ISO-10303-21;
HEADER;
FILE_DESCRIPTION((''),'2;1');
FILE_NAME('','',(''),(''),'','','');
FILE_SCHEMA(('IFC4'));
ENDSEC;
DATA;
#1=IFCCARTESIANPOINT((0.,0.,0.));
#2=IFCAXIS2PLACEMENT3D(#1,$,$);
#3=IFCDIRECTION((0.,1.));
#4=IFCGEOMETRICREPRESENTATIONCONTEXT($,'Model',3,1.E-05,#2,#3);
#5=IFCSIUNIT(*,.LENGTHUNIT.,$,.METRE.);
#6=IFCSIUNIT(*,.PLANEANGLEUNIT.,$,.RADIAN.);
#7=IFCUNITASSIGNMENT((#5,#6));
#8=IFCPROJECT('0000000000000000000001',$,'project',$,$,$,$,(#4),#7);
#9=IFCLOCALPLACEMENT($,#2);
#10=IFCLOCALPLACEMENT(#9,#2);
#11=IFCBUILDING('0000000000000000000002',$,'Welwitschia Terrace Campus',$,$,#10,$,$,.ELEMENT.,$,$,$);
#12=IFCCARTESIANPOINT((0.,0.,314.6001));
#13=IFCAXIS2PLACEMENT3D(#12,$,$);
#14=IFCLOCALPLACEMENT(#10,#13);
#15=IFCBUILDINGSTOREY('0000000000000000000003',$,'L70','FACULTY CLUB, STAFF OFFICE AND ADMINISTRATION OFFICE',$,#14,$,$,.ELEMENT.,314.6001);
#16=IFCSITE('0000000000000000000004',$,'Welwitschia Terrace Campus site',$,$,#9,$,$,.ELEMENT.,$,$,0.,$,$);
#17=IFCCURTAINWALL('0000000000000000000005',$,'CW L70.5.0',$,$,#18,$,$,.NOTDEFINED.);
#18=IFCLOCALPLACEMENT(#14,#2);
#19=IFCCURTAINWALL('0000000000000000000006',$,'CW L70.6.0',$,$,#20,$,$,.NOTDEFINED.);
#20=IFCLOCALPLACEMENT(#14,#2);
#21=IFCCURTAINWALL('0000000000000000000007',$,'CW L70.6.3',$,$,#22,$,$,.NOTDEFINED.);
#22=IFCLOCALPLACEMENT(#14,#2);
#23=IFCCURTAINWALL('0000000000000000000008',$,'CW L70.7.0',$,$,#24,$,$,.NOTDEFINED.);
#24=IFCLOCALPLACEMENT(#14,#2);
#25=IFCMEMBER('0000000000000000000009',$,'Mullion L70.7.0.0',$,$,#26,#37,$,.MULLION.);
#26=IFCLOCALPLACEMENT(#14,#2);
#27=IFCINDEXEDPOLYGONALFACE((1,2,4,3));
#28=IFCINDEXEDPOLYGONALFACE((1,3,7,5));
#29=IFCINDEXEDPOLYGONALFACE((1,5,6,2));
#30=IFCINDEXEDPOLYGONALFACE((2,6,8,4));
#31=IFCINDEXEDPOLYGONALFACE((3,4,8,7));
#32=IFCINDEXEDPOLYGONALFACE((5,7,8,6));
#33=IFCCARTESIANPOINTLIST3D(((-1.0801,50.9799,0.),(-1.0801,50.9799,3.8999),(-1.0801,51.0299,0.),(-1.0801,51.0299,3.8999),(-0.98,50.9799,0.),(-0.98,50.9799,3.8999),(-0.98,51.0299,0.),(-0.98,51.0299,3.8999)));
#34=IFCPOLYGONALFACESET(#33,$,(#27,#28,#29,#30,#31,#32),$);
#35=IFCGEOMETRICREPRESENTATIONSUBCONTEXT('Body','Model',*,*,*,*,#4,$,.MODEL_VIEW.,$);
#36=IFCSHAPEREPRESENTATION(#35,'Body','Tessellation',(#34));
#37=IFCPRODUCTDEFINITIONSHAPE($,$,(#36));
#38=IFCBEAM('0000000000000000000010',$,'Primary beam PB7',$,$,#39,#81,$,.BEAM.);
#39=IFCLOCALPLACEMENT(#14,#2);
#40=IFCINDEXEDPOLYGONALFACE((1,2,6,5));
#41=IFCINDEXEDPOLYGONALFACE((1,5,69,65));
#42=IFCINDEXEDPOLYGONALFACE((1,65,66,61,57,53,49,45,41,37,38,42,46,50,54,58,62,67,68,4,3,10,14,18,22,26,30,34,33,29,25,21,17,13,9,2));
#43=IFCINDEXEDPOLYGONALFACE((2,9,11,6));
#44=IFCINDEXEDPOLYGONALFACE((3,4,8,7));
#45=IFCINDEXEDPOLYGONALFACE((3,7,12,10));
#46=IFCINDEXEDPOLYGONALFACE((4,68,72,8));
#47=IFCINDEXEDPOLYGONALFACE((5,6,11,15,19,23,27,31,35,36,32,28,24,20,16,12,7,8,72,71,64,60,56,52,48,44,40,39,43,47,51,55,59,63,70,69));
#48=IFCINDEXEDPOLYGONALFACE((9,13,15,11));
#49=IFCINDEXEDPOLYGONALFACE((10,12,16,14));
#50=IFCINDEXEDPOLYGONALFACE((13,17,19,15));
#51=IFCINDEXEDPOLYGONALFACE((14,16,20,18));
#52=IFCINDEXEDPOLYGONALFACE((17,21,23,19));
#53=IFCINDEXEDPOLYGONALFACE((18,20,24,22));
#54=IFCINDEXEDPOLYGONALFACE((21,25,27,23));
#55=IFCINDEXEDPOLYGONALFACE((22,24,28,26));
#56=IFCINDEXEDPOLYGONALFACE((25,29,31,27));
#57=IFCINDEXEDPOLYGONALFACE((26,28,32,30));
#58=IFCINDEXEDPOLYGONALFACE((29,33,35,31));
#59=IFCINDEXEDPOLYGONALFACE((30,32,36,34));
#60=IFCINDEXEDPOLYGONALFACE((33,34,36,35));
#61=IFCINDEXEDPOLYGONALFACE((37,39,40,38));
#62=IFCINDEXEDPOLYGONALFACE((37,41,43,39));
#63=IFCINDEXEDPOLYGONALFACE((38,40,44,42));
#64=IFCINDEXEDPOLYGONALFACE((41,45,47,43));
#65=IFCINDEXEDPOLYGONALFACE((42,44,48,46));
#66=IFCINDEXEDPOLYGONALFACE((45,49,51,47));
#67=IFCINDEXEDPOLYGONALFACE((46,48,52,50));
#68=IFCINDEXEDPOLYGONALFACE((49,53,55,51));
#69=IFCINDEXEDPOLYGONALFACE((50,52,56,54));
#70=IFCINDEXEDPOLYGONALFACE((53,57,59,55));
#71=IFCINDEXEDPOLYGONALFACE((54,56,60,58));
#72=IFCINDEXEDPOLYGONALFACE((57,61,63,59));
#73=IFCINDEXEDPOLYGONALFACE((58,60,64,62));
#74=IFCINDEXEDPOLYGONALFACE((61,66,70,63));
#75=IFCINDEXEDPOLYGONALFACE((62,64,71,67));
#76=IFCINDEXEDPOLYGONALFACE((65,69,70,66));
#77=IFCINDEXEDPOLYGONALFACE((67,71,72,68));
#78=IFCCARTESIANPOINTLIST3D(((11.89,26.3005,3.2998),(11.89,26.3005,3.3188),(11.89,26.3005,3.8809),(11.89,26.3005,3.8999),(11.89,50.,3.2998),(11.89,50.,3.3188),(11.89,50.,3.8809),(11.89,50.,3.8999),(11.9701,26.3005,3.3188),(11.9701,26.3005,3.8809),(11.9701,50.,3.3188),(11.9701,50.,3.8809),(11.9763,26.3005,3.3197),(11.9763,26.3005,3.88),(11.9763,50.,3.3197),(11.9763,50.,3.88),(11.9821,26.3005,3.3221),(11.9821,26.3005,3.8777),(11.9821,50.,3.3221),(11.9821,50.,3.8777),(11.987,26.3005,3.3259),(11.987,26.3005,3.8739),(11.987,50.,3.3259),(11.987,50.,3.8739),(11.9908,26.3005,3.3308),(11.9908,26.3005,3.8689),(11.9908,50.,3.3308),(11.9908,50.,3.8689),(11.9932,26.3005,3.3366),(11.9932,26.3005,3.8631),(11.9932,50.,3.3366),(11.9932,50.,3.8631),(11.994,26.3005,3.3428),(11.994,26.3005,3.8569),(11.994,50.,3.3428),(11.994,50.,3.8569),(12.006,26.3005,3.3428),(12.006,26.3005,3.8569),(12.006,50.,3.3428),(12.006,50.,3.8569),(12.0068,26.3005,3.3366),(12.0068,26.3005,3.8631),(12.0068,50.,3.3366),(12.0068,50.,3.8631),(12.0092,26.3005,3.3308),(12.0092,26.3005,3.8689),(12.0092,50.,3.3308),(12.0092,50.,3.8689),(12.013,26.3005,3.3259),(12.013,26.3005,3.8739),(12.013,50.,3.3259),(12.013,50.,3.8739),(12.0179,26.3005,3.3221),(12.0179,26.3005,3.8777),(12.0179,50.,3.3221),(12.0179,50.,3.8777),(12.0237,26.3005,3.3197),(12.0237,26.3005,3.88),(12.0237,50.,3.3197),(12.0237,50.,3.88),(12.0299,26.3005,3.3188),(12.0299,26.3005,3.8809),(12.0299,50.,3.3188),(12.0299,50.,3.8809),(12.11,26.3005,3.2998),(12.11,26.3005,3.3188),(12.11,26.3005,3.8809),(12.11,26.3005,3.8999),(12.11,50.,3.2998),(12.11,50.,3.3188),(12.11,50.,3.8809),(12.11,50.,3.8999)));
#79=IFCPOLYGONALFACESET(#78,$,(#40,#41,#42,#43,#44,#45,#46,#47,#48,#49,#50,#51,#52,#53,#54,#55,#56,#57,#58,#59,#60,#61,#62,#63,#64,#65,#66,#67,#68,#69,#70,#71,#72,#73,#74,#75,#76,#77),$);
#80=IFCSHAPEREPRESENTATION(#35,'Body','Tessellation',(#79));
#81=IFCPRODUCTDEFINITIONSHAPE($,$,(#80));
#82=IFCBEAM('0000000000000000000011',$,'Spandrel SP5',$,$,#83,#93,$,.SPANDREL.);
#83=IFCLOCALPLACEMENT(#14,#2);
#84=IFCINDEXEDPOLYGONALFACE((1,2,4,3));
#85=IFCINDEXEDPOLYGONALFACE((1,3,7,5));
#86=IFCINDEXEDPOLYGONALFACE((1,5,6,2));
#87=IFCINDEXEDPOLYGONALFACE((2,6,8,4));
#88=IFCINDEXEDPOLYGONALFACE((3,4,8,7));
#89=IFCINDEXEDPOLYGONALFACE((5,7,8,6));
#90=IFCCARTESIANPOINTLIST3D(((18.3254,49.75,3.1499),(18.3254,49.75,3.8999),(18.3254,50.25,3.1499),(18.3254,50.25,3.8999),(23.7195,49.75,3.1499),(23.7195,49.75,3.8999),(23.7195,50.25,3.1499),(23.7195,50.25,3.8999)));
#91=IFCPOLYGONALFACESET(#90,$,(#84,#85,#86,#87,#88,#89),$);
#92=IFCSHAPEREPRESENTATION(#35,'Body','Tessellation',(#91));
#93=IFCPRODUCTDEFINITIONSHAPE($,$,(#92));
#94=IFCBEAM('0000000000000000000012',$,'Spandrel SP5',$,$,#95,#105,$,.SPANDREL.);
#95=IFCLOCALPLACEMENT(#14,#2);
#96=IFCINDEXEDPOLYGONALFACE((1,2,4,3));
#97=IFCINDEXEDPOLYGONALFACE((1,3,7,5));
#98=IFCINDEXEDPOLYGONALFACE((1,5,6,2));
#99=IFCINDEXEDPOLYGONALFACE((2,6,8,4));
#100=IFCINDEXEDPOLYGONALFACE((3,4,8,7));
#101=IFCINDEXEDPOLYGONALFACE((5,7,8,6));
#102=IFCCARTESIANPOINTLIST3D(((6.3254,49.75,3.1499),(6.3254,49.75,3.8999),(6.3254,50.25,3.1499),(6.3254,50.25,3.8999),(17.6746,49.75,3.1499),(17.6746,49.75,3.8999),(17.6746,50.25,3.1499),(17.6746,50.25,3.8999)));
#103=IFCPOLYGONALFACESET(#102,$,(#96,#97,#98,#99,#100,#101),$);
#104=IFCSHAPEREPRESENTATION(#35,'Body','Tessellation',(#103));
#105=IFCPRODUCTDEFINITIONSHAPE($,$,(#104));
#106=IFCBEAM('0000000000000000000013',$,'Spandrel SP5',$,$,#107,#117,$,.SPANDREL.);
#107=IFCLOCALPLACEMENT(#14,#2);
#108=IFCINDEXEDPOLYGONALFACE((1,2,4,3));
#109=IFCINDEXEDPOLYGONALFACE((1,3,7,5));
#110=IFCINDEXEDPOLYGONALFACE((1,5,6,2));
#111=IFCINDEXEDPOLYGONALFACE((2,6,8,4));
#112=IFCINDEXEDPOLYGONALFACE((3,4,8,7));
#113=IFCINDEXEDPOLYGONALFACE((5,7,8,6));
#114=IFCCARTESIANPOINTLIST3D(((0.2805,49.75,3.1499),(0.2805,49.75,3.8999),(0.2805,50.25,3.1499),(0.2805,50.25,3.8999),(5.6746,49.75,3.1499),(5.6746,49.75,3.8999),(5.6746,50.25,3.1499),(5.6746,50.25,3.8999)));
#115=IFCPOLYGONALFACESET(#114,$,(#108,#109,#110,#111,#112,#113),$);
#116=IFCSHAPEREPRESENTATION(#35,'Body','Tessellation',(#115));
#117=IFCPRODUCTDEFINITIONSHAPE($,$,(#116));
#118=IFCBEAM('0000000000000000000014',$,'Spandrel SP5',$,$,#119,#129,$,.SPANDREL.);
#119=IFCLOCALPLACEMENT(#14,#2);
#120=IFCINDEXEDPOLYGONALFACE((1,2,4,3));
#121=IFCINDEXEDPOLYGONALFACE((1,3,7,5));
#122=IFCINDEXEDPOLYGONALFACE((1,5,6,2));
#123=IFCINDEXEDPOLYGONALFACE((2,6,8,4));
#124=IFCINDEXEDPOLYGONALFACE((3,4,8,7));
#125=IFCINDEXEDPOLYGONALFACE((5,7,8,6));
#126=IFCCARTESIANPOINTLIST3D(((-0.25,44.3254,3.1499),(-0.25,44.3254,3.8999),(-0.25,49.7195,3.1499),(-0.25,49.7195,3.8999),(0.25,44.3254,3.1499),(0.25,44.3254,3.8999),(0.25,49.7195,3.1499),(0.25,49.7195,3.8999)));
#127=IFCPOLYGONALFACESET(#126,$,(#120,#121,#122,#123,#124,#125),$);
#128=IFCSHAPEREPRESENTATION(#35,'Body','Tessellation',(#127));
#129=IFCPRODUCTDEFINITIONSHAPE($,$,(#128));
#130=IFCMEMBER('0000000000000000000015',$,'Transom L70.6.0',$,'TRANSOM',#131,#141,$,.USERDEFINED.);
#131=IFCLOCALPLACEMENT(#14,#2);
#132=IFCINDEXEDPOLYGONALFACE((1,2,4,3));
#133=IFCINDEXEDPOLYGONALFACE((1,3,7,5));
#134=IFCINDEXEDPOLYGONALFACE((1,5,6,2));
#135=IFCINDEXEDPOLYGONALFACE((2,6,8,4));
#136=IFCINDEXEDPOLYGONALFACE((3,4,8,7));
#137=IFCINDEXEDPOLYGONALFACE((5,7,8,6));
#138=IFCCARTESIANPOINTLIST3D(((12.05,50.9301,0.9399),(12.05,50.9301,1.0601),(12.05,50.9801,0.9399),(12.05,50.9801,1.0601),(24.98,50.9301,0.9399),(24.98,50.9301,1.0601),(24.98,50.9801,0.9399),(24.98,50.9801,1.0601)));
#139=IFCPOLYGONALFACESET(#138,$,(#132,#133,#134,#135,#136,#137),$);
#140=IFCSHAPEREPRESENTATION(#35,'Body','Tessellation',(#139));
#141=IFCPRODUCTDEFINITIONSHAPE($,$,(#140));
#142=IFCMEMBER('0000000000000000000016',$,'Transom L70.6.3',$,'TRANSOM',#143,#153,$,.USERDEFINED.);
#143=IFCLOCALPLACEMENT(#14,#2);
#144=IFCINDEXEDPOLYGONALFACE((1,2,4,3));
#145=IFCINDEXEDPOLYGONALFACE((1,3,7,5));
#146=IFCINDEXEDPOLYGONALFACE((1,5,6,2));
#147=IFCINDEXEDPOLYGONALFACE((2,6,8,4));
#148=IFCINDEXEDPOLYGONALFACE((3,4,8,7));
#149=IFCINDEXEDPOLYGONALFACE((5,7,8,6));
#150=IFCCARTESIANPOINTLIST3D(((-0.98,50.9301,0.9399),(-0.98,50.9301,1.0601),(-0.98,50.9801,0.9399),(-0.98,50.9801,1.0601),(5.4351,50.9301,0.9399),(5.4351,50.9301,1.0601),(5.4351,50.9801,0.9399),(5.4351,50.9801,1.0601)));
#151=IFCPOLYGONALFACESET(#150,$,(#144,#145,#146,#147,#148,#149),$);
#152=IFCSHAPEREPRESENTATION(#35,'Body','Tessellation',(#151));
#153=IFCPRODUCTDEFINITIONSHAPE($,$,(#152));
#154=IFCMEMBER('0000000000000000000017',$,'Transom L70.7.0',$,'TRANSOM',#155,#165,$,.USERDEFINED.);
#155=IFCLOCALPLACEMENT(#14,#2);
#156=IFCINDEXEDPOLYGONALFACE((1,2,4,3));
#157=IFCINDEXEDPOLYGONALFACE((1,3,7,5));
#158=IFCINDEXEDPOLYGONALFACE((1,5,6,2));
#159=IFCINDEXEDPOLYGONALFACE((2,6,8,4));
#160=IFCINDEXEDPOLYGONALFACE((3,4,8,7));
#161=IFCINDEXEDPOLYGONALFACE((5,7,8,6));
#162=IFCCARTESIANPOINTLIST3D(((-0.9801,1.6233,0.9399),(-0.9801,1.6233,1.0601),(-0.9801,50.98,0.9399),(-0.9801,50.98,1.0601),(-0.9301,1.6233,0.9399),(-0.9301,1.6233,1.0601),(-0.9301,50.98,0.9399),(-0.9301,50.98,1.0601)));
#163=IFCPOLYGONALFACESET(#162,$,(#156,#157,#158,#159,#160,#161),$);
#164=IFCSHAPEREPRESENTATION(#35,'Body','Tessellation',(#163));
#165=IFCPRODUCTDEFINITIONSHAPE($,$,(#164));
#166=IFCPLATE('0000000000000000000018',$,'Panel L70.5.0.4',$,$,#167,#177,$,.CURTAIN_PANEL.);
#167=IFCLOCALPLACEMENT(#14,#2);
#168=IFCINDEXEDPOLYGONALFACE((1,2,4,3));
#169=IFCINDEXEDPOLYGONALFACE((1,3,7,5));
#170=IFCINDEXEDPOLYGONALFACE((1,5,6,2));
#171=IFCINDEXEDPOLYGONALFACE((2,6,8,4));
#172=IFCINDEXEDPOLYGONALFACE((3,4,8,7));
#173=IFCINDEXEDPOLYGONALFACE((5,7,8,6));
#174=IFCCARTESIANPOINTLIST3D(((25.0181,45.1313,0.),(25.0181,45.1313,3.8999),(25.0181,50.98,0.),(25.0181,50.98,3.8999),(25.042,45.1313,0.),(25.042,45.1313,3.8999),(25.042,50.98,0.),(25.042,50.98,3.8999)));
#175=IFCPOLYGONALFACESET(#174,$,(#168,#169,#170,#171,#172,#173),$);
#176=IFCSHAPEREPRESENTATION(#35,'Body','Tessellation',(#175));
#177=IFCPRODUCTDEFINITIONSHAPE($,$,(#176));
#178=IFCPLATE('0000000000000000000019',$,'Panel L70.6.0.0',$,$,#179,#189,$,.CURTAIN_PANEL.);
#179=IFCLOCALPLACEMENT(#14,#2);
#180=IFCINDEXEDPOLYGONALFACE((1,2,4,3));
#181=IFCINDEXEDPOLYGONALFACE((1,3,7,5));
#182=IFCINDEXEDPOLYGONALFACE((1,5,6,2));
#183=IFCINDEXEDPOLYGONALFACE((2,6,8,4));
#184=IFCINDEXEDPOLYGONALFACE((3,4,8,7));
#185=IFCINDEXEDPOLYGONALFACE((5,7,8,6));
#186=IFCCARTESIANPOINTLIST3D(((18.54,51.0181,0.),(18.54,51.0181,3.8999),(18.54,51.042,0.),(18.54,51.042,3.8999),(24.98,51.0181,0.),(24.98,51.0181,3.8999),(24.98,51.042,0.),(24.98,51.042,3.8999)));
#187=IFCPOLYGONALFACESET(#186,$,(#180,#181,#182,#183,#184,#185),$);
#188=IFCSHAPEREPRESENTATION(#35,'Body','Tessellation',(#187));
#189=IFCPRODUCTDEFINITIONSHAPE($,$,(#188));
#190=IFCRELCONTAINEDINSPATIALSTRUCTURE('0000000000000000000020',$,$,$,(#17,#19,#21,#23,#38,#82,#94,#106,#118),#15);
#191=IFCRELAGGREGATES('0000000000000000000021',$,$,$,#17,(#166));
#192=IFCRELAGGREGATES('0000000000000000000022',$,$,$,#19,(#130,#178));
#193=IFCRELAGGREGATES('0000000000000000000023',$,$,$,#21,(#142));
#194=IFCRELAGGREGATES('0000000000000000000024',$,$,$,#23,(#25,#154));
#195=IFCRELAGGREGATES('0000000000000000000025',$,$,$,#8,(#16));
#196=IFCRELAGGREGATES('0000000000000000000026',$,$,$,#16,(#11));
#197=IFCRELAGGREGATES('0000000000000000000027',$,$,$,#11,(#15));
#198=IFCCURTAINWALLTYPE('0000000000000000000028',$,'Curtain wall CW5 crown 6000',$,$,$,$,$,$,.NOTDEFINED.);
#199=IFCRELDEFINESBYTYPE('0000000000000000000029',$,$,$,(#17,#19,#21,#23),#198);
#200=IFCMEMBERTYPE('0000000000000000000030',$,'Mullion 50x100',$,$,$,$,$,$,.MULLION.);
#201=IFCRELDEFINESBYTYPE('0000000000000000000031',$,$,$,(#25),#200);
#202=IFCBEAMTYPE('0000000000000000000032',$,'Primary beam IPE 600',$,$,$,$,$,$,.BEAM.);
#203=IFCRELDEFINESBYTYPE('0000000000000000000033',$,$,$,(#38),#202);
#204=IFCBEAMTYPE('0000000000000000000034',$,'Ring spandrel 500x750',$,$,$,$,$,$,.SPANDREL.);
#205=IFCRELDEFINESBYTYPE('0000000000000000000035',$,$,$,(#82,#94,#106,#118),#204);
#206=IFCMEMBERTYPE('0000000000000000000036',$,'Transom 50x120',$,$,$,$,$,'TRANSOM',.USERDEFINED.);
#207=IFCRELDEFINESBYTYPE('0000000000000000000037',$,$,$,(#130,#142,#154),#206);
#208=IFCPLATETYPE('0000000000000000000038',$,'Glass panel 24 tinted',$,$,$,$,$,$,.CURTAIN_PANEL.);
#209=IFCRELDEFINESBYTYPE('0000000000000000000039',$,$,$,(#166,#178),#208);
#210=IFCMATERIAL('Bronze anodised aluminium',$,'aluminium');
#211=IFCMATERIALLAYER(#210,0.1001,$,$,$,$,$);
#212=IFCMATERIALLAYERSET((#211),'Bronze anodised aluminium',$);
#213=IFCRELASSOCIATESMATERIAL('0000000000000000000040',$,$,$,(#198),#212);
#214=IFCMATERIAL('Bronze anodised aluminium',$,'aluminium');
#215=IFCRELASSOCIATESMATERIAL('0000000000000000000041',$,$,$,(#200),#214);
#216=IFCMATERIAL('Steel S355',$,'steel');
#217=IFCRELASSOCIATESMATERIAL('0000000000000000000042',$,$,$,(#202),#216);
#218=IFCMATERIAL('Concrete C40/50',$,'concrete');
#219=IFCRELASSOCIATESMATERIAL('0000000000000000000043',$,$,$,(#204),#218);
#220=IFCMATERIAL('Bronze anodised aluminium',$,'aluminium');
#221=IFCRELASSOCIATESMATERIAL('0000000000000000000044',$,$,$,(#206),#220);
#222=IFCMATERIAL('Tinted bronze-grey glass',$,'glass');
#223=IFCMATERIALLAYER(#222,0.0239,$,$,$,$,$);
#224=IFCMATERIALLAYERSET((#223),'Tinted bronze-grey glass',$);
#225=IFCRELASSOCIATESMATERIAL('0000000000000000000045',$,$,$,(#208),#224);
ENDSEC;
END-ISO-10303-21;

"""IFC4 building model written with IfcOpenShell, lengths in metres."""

from ifc_helpers import new_model, si_unit, direction, frame, origin, origin_2d, place, context, subcontext, project, spatial, rectangle, i_section, extrude, material, layer, layer_set, material_profile, profile_set, type_object, element, aggregate, save


model = new_model("IFC4")

# Units and contexts
model_context = context("Model", 3, precision=1e-05, world=origin(), true_north=direction((0.0, 1.0)))
body_context = subcontext(model_context, "Body", "Model", "MODEL_VIEW")
ifc_project = project(units=[si_unit("LENGTHUNIT", "METRE"), si_unit("PLANEANGLEUNIT", "RADIAN")], contexts=[model_context])

# Site, building, storey
site_placement = place(None, origin())
site = spatial("IfcSite", under=ifc_project, at=site_placement, Name="Welwitschia Terrace Campus site", CompositionType="ELEMENT", RefElevation=0.0)
building_placement = place(site_placement, origin())
building = spatial("IfcBuilding", under=site, at=building_placement, Name="Welwitschia Terrace Campus", CompositionType="ELEMENT")
storey_placement = place(building_placement, frame((0.0, 0.0, 314.6001)))
storey = spatial("IfcBuildingStorey", under=building, at=storey_placement, Name="L70", Description="FACULTY CLUB, STAFF OFFICE AND ADMINISTRATION OFFICE", CompositionType="ELEMENT", Elevation=314.6001)

# Curtain walls
ifc_material_1 = material(Name="Bronze anodised aluminium", Category="aluminium")
ifc_layer_1 = layer(ifc_material_1, 0.1001)
ifc_layer_set_1 = layer_set([ifc_layer_1], Name="Bronze anodised aluminium")
curtain_wall_type = type_object("IfcCurtainWallType", Name="Curtain wall CW5 crown 6000", PredefinedType="NOTDEFINED", material=ifc_layer_set_1)
curtain_wall_1_placement = place(storey_placement, origin())
curtain_wall_1 = element("IfcCurtainWall", 1, at=curtain_wall_1_placement, inside=storey, type_object=curtain_wall_type, Name="CW L70.5.0", PredefinedType="NOTDEFINED")
ifc_material_2 = material(Name="Bronze anodised aluminium", Category="aluminium")
ifc_material_profile_1 = material_profile(ifc_material_2, rectangle(XDim=0.1001, YDim=0.05, at=origin_2d()))
ifc_profile_set_1 = profile_set([ifc_material_profile_1], Name="Bronze anodised aluminium")
member_type_1 = type_object("IfcMemberType", Name="Mullion 50x100", PredefinedType="MULLION", material=ifc_profile_set_1)
curtain_wall_2_placement = place(storey_placement, origin())
curtain_wall_2 = element("IfcCurtainWall", 2, at=curtain_wall_2_placement, inside=storey, type_object=curtain_wall_type, Name="CW L70.6.0", PredefinedType="NOTDEFINED")
curtain_wall_3_placement = place(storey_placement, origin())
curtain_wall_3 = element("IfcCurtainWall", 3, at=curtain_wall_3_placement, inside=storey, type_object=curtain_wall_type, Name="CW L70.6.3", PredefinedType="NOTDEFINED")

# Curtain wall, member
curtain_wall_4_placement = place(storey_placement, origin())
curtain_wall_4 = element("IfcCurtainWall", 4, at=curtain_wall_4_placement, inside=storey, type_object=curtain_wall_type, Name="CW L70.7.0", PredefinedType="NOTDEFINED")
member_1_placement = place(storey_placement, frame((-1.03, 51.0049, 0.0), z_axis=(0.0, 0.0, 1.0), x_axis=(1.0, 0.0, 0.0)))
member_1 = element("IfcMember", 5, at=member_1_placement, type_object=member_type_1, Name="Mullion L70.7.0.0", PredefinedType="MULLION", context=body_context, shape_type="SweptSolid", body=[
    extrude(rectangle(XDim=0.1001, YDim=0.05, at=origin_2d()), origin(), (0.0, 0.0, 1.0), 3.8999),
])

# Beams
ifc_material_3 = material(Name="Steel S355", Category="steel")
ifc_material_profile_2 = material_profile(ifc_material_3, i_section(OverallWidth=0.22, OverallDepth=0.6001, WebThickness=0.012, FlangeThickness=0.019, FilletRadius=0.0239, at=origin_2d()))
ifc_profile_set_2 = profile_set([ifc_material_profile_2], Name="Steel S355")
beam_type_1 = type_object("IfcBeamType", Name="Primary beam IPE 600", PredefinedType="BEAM", material=ifc_profile_set_2)
beam_1_placement = place(storey_placement, frame((12.0, 50.0, 3.5999), z_axis=(0.0, -1.0, 0.0), x_axis=(1.0, 0.0, 0.0)))
element("IfcBeam", 6, at=beam_1_placement, inside=storey, type_object=beam_type_1, Name="Primary beam PB7", PredefinedType="BEAM", context=body_context, shape_type="SweptSolid", body=[
    extrude(i_section(OverallWidth=0.22, OverallDepth=0.6001, WebThickness=0.012, FlangeThickness=0.019, FilletRadius=0.0239, at=origin_2d()), origin(), (0.0, 0.0, 1.0), 23.6995),
])
ifc_material_4 = material(Name="Concrete C40/50", Category="concrete")
ifc_material_profile_3 = material_profile(ifc_material_4, rectangle(XDim=0.5, YDim=0.75, at=origin_2d()))
ifc_profile_set_3 = profile_set([ifc_material_profile_3], Name="Concrete C40/50")
beam_type_2 = type_object("IfcBeamType", Name="Ring spandrel 500x750", PredefinedType="SPANDREL", material=ifc_profile_set_3)
beam_2_placement = place(storey_placement, frame((23.7195, 50.0, 3.5249), z_axis=(-1.0, 0.0, 0.0), x_axis=(0.0, -1.0, 0.0)))
element("IfcBeam", 7, at=beam_2_placement, inside=storey, type_object=beam_type_2, Name="Spandrel SP5", PredefinedType="SPANDREL", context=body_context, shape_type="SweptSolid", body=[
    extrude(rectangle(XDim=0.5, YDim=0.75, at=origin_2d()), origin(), (0.0, 0.0, 1.0), 5.394),
])
beam_3_placement = place(storey_placement, frame((17.6746, 50.0, 3.5249), z_axis=(-1.0, 0.0, 0.0), x_axis=(0.0, -1.0, 0.0)))
element("IfcBeam", 8, at=beam_3_placement, inside=storey, type_object=beam_type_2, Name="Spandrel SP5", PredefinedType="SPANDREL", context=body_context, shape_type="SweptSolid", body=[
    extrude(rectangle(XDim=0.5, YDim=0.75, at=origin_2d()), origin(), (0.0, 0.0, 1.0), 11.3491),
])
for number, where, z_axis, x_axis, name in (
    (9, (5.6746, 50.0, 3.5249), (-1.0, 0.0, 0.0), (0.0, -1.0, 0.0), "Spandrel SP5"),
    (10, (0.0, 49.7195, 3.5249), (0.0, -1.0, 0.0), (1.0, 0.0, 0.0), "Spandrel SP5"),
):
    element("IfcBeam", number, at=place(storey_placement, frame(where, z_axis=z_axis, x_axis=x_axis)), inside=storey, type_object=beam_type_2, Name=name, PredefinedType="SPANDREL", context=body_context, shape_type="SweptSolid", body=[
        extrude(rectangle(XDim=0.5, YDim=0.75, at=origin_2d()), origin(), (0.0, 0.0, 1.0), 5.394),
    ])

# Members
ifc_material_5 = material(Name="Bronze anodised aluminium", Category="aluminium")
ifc_material_profile_4 = material_profile(ifc_material_5, rectangle(XDim=0.05, YDim=0.1201, at=origin_2d()))
ifc_profile_set_4 = profile_set([ifc_material_profile_4], Name="Bronze anodised aluminium")
member_type_2 = type_object("IfcMemberType", Name="Transom 50x120", ElementType="TRANSOM", PredefinedType="USERDEFINED", material=ifc_profile_set_4)
member_2_placement = place(storey_placement, frame((24.98, 50.9551, 1.0), z_axis=(-1.0, 0.0, 0.0), x_axis=(0.0, -1.0, 0.0)))
member_2 = element("IfcMember", 11, at=member_2_placement, type_object=member_type_2, Name="Transom L70.6.0", ObjectType="TRANSOM", PredefinedType="USERDEFINED", context=body_context, shape_type="SweptSolid", body=[
    extrude(rectangle(XDim=0.05, YDim=0.1201, at=origin_2d()), origin(), (0.0, 0.0, 1.0), 12.9299),
])
member_3_placement = place(storey_placement, frame((5.4351, 50.9551, 1.0), z_axis=(-1.0, 0.0, 0.0), x_axis=(0.0, -1.0, 0.0)))
member_3 = element("IfcMember", 12, at=member_3_placement, type_object=member_type_2, Name="Transom L70.6.3", ObjectType="TRANSOM", PredefinedType="USERDEFINED", context=body_context, shape_type="SweptSolid", body=[
    extrude(rectangle(XDim=0.05, YDim=0.1201, at=origin_2d()), origin(), (0.0, 0.0, 1.0), 6.415),
])
member_4_placement = place(storey_placement, frame((-0.9551, 50.98, 1.0), z_axis=(0.0, -1.0, 0.0), x_axis=(1.0, 0.0, 0.0)))
member_4 = element("IfcMember", 13, at=member_4_placement, type_object=member_type_2, Name="Transom L70.7.0", ObjectType="TRANSOM", PredefinedType="USERDEFINED", context=body_context, shape_type="SweptSolid", body=[
    extrude(rectangle(XDim=0.05, YDim=0.1201, at=origin_2d()), origin(), (0.0, 0.0, 1.0), 49.3567),
])

# Plates
ifc_material_6 = material(Name="Tinted bronze-grey glass", Category="glass")
ifc_layer_2 = layer(ifc_material_6, 0.0239)
ifc_layer_set_2 = layer_set([ifc_layer_2], Name="Tinted bronze-grey glass")
plate_type = type_object("IfcPlateType", Name="Glass panel 24 tinted", PredefinedType="CURTAIN_PANEL", material=ifc_layer_set_2)
plate_1_placement = place(storey_placement, frame((25.03, 48.0557, 0.0), z_axis=(0.0, 0.0, 1.0), x_axis=(0.0, 1.0, 0.0)))
plate_1 = element("IfcPlate", 14, at=plate_1_placement, type_object=plate_type, Name="Panel L70.5.0.4", PredefinedType="CURTAIN_PANEL", context=body_context, shape_type="SweptSolid", body=[
    extrude(rectangle(XDim=5.8486, YDim=0.0239, at=origin_2d()), origin(), (0.0, 0.0, 1.0), 3.8999),
])
aggregate(curtain_wall_1, [plate_1])
plate_2_placement = place(storey_placement, frame((21.76, 51.03, 0.0), z_axis=(0.0, 0.0, 1.0), x_axis=(-1.0, 0.0, 0.0)))
plate_2 = element("IfcPlate", 15, at=plate_2_placement, type_object=plate_type, Name="Panel L70.6.0.0", PredefinedType="CURTAIN_PANEL", context=body_context, shape_type="SweptSolid", body=[
    extrude(rectangle(XDim=6.4399, YDim=0.0239, at=origin_2d()), origin(), (0.0, 0.0, 1.0), 3.8999),
])
aggregate(curtain_wall_2, [member_2, plate_2])
aggregate(curtain_wall_3, [member_3])
aggregate(curtain_wall_4, [member_1, member_4])

save(model, "model.ifc")
